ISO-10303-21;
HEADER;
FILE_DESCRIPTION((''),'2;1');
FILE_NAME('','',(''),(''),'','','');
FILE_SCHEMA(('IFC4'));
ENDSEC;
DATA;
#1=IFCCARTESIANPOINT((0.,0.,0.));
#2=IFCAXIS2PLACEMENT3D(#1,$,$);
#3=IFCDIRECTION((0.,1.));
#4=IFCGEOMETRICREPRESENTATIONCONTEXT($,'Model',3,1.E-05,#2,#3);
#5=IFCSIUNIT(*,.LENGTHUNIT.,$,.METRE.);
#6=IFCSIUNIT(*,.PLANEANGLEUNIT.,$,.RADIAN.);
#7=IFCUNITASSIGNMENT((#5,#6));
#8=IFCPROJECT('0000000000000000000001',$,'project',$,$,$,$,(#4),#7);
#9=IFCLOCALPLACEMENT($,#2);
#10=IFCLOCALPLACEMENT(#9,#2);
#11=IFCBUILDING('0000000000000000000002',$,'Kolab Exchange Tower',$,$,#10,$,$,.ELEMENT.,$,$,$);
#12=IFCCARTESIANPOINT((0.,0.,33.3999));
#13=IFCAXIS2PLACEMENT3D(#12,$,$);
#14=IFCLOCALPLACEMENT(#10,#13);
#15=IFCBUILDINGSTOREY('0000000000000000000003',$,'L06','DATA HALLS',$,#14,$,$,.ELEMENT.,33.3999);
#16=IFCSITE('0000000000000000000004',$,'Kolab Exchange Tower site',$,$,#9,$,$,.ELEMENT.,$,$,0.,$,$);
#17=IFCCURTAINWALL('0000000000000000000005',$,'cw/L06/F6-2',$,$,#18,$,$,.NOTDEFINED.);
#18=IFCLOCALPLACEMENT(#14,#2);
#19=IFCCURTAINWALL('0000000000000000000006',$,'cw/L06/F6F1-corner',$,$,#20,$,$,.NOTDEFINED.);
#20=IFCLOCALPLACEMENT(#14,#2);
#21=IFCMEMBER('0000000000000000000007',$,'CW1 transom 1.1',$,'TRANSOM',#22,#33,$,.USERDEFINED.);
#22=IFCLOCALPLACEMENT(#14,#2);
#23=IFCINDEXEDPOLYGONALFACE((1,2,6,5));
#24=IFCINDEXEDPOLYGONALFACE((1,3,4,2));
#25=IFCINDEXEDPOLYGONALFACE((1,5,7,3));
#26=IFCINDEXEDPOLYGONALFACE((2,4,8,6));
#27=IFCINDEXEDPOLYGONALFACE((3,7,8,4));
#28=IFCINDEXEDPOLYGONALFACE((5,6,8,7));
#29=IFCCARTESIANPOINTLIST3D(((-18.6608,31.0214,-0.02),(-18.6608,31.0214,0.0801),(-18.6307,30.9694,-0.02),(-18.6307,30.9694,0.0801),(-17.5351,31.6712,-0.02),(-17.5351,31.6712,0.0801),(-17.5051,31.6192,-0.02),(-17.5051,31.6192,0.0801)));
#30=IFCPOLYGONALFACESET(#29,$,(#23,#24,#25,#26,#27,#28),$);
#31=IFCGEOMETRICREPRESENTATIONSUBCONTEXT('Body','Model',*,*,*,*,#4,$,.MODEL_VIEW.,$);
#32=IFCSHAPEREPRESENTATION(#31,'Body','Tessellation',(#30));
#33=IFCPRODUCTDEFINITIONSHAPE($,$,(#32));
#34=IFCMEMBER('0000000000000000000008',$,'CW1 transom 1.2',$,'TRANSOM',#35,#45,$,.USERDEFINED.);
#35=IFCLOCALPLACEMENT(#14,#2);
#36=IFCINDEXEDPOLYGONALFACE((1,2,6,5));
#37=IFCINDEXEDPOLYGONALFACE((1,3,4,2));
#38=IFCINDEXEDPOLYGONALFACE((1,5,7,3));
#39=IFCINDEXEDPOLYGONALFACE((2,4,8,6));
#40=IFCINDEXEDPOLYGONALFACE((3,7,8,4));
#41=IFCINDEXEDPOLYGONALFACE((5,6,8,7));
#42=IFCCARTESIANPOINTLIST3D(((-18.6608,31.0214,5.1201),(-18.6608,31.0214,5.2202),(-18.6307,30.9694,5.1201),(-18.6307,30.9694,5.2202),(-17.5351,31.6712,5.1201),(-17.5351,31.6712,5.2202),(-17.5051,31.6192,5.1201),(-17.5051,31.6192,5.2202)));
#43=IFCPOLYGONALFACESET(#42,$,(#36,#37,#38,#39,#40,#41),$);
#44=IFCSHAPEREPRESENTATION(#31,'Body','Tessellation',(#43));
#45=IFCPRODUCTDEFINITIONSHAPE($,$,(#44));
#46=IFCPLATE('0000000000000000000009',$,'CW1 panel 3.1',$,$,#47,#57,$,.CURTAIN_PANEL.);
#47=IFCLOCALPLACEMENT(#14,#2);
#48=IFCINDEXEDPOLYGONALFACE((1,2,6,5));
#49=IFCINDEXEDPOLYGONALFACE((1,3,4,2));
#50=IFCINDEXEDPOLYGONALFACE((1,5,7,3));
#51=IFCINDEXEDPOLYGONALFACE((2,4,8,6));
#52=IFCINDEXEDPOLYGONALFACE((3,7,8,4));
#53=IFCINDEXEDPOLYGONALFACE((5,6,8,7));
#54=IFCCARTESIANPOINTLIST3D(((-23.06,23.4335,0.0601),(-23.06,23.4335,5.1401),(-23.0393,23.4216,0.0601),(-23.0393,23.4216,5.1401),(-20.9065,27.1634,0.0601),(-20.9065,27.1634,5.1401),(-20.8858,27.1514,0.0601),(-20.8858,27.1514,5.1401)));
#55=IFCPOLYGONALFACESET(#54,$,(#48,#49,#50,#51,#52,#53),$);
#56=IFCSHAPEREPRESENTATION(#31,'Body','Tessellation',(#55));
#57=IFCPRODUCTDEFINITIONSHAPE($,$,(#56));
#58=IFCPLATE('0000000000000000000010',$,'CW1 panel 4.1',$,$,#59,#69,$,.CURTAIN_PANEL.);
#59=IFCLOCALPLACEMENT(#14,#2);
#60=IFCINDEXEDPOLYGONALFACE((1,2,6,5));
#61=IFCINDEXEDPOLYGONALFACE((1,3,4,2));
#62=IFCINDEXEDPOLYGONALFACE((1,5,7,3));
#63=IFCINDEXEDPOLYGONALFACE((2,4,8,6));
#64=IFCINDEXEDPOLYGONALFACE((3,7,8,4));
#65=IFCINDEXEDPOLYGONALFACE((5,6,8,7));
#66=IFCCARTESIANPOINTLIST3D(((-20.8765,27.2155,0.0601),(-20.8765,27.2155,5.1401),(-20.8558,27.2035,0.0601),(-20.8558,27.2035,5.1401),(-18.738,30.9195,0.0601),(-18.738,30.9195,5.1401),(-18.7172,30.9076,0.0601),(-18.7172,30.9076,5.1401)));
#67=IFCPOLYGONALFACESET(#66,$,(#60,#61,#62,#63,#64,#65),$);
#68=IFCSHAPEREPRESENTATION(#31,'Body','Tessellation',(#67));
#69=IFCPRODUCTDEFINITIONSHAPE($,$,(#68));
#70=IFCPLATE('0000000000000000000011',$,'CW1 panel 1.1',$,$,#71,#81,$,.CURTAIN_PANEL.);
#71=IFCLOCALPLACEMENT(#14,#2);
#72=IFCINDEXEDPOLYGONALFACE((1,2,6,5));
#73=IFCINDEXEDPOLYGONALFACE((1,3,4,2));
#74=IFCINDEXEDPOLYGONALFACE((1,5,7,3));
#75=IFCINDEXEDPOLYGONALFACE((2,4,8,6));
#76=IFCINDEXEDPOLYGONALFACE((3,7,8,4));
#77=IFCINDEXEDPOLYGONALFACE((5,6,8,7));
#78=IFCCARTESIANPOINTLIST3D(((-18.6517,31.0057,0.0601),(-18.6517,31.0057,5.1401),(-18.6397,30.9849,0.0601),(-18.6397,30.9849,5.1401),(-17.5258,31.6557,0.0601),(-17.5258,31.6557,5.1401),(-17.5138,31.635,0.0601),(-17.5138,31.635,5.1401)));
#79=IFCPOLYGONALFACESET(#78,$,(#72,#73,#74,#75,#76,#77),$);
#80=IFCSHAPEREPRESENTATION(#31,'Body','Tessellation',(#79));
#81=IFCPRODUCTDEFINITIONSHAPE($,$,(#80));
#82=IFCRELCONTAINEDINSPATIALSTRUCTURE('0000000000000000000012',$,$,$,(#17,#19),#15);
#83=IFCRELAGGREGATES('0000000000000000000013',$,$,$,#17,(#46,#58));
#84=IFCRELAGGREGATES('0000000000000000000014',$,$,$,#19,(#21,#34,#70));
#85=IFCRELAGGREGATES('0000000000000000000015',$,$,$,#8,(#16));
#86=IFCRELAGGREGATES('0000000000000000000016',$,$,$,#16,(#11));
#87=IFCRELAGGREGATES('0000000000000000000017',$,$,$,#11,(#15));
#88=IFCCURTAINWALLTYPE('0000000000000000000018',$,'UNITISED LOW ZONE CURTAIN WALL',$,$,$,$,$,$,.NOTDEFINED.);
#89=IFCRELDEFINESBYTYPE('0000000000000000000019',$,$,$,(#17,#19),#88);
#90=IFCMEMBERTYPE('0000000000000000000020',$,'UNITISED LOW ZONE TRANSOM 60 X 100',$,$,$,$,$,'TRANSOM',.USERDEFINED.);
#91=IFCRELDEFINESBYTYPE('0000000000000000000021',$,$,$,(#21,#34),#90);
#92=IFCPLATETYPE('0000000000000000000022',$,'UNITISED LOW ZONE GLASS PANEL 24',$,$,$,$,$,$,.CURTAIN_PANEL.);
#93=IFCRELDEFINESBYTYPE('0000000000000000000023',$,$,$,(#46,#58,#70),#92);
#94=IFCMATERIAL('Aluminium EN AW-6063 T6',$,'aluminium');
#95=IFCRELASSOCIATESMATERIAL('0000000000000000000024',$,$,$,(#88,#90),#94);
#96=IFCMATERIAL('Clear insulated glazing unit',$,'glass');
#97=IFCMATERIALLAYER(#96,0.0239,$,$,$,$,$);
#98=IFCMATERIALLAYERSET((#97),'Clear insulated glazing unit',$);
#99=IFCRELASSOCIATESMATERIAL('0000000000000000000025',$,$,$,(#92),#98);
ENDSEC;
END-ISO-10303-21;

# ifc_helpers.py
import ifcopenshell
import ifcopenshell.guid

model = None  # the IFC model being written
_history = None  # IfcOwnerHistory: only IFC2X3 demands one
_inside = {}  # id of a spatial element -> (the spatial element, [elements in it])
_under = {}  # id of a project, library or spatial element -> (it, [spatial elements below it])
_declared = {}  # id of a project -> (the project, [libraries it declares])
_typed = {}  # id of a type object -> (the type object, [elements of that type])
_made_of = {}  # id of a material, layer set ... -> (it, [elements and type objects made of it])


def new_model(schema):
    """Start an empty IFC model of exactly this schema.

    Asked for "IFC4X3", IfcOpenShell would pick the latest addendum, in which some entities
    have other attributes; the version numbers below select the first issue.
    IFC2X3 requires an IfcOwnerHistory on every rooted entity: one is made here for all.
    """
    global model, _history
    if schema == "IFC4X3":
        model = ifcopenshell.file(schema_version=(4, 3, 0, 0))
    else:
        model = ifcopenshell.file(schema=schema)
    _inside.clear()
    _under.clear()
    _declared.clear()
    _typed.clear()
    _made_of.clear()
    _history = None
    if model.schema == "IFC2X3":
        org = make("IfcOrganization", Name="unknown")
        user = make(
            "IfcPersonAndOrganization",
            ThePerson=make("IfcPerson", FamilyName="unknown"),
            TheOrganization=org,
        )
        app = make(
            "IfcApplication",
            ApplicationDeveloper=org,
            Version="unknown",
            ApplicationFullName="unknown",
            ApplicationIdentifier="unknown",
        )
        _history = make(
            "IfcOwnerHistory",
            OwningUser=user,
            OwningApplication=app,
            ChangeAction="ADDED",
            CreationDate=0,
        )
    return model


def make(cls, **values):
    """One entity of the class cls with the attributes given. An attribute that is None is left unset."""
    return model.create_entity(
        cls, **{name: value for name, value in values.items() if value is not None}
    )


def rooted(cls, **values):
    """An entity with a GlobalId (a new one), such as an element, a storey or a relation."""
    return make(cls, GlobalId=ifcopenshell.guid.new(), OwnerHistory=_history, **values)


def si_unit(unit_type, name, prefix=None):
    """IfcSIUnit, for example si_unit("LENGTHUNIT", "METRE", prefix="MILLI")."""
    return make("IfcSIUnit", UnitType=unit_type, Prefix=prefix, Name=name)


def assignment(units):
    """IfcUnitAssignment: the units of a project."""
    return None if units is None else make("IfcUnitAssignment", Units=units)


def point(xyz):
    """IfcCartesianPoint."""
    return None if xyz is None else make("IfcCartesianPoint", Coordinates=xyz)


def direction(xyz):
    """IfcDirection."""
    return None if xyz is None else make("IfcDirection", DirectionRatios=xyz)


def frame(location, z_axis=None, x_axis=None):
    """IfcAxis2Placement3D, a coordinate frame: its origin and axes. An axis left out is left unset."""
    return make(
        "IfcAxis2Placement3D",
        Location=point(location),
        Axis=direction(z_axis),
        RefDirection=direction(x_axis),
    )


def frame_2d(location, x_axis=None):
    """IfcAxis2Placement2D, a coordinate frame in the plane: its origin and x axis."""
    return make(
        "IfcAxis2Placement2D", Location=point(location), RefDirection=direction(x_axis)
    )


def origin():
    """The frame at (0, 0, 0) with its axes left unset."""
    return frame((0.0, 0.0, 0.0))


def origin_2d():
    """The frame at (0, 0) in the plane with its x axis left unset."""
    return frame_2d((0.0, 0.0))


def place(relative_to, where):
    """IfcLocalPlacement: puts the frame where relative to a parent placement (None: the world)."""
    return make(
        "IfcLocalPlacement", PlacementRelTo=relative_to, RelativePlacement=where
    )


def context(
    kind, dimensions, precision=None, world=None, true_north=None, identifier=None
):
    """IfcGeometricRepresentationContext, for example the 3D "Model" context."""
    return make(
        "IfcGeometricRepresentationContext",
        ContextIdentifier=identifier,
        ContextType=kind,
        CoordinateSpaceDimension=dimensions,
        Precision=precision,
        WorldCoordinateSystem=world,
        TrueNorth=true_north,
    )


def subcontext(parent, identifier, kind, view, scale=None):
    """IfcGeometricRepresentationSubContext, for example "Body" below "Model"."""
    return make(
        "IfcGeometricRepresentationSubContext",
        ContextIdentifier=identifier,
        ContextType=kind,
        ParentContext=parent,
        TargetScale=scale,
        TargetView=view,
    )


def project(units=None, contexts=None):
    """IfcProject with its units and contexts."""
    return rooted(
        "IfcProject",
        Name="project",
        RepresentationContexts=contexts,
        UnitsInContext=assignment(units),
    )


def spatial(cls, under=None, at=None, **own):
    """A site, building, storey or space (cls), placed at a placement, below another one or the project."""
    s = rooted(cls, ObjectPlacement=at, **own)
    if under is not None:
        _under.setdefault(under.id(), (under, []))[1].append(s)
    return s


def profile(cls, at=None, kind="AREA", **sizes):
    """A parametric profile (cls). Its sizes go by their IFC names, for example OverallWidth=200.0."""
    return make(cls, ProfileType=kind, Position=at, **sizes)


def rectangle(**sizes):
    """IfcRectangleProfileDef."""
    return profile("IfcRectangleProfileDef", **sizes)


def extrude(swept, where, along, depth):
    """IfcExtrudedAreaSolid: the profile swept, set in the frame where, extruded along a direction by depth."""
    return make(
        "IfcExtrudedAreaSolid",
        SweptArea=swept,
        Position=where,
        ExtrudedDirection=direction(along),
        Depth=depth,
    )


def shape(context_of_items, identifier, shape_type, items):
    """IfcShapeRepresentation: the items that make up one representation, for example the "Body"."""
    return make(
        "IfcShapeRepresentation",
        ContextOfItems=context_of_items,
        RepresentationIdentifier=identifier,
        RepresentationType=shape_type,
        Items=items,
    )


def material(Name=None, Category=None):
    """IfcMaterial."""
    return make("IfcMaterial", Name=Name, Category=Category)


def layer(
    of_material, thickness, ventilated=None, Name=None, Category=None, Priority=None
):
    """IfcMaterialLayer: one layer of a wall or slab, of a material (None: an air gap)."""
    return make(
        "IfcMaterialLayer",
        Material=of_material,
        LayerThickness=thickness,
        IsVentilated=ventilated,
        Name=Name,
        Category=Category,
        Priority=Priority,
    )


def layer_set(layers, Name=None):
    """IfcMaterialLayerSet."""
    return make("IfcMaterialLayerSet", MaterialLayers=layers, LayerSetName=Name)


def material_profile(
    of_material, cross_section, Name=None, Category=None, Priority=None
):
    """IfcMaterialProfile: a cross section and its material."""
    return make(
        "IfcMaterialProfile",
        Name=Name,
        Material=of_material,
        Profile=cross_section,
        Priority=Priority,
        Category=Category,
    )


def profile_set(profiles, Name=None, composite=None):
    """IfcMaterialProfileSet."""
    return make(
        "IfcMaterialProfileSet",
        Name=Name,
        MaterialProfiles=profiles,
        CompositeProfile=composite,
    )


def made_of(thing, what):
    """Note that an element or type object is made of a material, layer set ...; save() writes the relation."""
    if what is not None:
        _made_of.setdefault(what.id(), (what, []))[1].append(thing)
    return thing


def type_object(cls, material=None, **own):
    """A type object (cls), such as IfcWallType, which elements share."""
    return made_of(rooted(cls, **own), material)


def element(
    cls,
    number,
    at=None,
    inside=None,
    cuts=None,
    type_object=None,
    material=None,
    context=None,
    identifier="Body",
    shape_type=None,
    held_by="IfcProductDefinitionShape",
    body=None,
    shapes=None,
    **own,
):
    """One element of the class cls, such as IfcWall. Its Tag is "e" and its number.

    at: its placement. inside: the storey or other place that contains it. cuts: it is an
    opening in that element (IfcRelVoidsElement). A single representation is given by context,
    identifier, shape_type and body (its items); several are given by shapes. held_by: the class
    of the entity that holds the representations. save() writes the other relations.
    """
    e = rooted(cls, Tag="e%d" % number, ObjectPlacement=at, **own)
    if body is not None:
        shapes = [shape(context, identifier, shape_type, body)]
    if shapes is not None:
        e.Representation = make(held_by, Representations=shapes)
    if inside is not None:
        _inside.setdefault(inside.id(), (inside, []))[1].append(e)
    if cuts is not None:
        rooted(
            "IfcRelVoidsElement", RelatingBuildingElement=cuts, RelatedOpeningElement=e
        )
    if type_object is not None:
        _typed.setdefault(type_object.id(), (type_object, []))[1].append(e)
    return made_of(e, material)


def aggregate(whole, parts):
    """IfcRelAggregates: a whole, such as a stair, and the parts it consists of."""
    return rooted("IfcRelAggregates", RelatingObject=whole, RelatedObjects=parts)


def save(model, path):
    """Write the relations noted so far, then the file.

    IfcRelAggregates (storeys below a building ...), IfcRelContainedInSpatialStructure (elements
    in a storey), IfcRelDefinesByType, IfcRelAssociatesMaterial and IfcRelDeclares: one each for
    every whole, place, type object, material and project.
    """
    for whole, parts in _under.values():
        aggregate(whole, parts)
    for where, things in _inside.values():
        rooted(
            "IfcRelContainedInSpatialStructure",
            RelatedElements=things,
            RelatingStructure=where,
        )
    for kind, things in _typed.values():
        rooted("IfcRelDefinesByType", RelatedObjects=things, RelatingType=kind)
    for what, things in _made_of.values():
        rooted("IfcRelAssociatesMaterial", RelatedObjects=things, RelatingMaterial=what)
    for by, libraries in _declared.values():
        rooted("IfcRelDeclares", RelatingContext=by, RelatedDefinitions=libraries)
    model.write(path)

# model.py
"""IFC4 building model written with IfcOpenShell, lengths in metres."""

from ifc_helpers import new_model, si_unit, direction, frame, origin, origin_2d, place, context, subcontext, project, spatial, rectangle, extrude, material, layer, layer_set, material_profile, profile_set, type_object, element, aggregate, save


model = new_model("IFC4")

# Units and contexts
model_context = context("Model", 3, precision=1e-05, world=origin(), true_north=direction((0.0, 1.0)))
body_context = subcontext(model_context, "Body", "Model", "MODEL_VIEW")
ifc_project = project(units=[si_unit("LENGTHUNIT", "METRE"), si_unit("PLANEANGLEUNIT", "RADIAN")], contexts=[model_context])

# Site, building, storey
site_placement = place(None, origin())
site = spatial("IfcSite", under=ifc_project, at=site_placement, Name="Kolab Exchange Tower site", CompositionType="ELEMENT", RefElevation=0.0)
building_placement = place(site_placement, origin())
building = spatial("IfcBuilding", under=site, at=building_placement, Name="Kolab Exchange Tower", CompositionType="ELEMENT")
storey_placement = place(building_placement, frame((0.0, 0.0, 33.3999)))
storey = spatial("IfcBuildingStorey", under=building, at=storey_placement, Name="L06", Description="DATA HALLS", CompositionType="ELEMENT", Elevation=33.3999)

# Curtain wall
ifc_material_1 = material(Name="Aluminium EN AW-6063 T6", Category="aluminium")
curtain_wall_type = type_object("IfcCurtainWallType", Name="UNITISED LOW ZONE CURTAIN WALL", PredefinedType="NOTDEFINED", material=ifc_material_1)
curtain_wall_1_placement = place(storey_placement, origin())
curtain_wall_1 = element("IfcCurtainWall", 1, at=curtain_wall_1_placement, inside=storey, type_object=curtain_wall_type, Name="cw/L06/F6-2", PredefinedType="NOTDEFINED")

# Curtain wall
curtain_wall_2_placement = place(storey_placement, origin())
curtain_wall_2 = element("IfcCurtainWall", 2, at=curtain_wall_2_placement, inside=storey, type_object=curtain_wall_type, Name="cw/L06/F6F1-corner", PredefinedType="NOTDEFINED")

# Members
ifc_material_profile_1 = material_profile(ifc_material_1, rectangle(XDim=0.0601, YDim=0.1001, at=origin_2d()), Name="RECT 60X100")
ifc_profile_set_1 = profile_set([ifc_material_profile_1], Name="Aluminium EN AW-6063 T6")
member_type_1 = type_object("IfcMemberType", Name="UNITISED LOW ZONE TRANSOM 60 X 100", ElementType="TRANSOM", PredefinedType="USERDEFINED", material=ifc_profile_set_1)
member_1_placement = place(storey_placement, frame((-18.6458, 30.9954, 0.03), z_axis=(0.866039, 0.499977, 0.0), x_axis=(-0.499977, 0.866039, 0.0)))
member_1 = element("IfcMember", 3, at=member_1_placement, type_object=member_type_1, Name="CW1 transom 1.1", ObjectType="TRANSOM", PredefinedType="USERDEFINED", context=body_context, shape_type="SweptSolid", body=[
    extrude(rectangle(XDim=0.0601, YDim=0.1001, at=origin_2d()), origin(), (0.0, 0.0, 1.0), 1.2998),
])
member_2_placement = place(storey_placement, frame((-18.6458, 30.9954, 5.1702), z_axis=(0.866039, 0.499977, 0.0), x_axis=(-0.499977, 0.866039, 0.0)))
member_2 = element("IfcMember", 4, at=member_2_placement, type_object=member_type_1, Name="CW1 transom 1.2", ObjectType="TRANSOM", PredefinedType="USERDEFINED", context=body_context, shape_type="SweptSolid", body=[
    extrude(rectangle(XDim=0.0601, YDim=0.1001, at=origin_2d()), origin(), (0.0, 0.0, 1.0), 1.2998),
])

# Plates
ifc_material_2 = material(Name="Clear insulated glazing unit", Category="glass")
ifc_layer = layer(ifc_material_2, 0.0239)
ifc_layer_set = layer_set([ifc_layer], Name="Clear insulated glazing unit")
plate_type = type_object("IfcPlateType", Name="UNITISED LOW ZONE GLASS PANEL 24", PredefinedType="CURTAIN_PANEL", material=ifc_layer_set)
plate_1_placement = place(storey_placement, frame((-21.9729, 25.2925, 0.0601), z_axis=(0.0, 0.0, 1.0), x_axis=(0.5, 0.866025, 0.0)))
plate_1 = element("IfcPlate", 5, at=plate_1_placement, type_object=plate_type, Name="CW1 panel 3.1", PredefinedType="CURTAIN_PANEL", context=body_context, shape_type="SweptSolid", body=[
    extrude(rectangle(XDim=4.3069, YDim=0.0239, at=origin_2d()), origin(), (0.0, 0.0, 1.0), 5.0801),
])
plate_2_placement = place(storey_placement, frame((-19.7969, 29.0615, 0.0601), z_axis=(0.0, 0.0, 1.0), x_axis=(0.5, 0.866025, 0.0)))
plate_2 = element("IfcPlate", 6, at=plate_2_placement, type_object=plate_type, Name="CW1 panel 4.1", PredefinedType="CURTAIN_PANEL", context=body_context, shape_type="SweptSolid", body=[
    extrude(rectangle(XDim=4.2771, YDim=0.0239, at=origin_2d()), origin(), (0.0, 0.0, 1.0), 5.0801),
])
aggregate(curtain_wall_1, [plate_1, plate_2])
plate_3_placement = place(storey_placement, frame((-18.0828, 31.3203, 0.0601), z_axis=(0.0, 0.0, 1.0), x_axis=(0.866025, 0.5, 0.0)))
plate_3 = element("IfcPlate", 7, at=plate_3_placement, type_object=plate_type, Name="CW1 panel 1.1", PredefinedType="CURTAIN_PANEL", context=body_context, shape_type="SweptSolid", body=[
    extrude(rectangle(XDim=1.3, YDim=0.0239, at=origin_2d()), origin(), (0.0, 0.0, 1.0), 5.0801),
])
aggregate(curtain_wall_2, [member_1, member_2, plate_3])

save(model, "model.ifc")
